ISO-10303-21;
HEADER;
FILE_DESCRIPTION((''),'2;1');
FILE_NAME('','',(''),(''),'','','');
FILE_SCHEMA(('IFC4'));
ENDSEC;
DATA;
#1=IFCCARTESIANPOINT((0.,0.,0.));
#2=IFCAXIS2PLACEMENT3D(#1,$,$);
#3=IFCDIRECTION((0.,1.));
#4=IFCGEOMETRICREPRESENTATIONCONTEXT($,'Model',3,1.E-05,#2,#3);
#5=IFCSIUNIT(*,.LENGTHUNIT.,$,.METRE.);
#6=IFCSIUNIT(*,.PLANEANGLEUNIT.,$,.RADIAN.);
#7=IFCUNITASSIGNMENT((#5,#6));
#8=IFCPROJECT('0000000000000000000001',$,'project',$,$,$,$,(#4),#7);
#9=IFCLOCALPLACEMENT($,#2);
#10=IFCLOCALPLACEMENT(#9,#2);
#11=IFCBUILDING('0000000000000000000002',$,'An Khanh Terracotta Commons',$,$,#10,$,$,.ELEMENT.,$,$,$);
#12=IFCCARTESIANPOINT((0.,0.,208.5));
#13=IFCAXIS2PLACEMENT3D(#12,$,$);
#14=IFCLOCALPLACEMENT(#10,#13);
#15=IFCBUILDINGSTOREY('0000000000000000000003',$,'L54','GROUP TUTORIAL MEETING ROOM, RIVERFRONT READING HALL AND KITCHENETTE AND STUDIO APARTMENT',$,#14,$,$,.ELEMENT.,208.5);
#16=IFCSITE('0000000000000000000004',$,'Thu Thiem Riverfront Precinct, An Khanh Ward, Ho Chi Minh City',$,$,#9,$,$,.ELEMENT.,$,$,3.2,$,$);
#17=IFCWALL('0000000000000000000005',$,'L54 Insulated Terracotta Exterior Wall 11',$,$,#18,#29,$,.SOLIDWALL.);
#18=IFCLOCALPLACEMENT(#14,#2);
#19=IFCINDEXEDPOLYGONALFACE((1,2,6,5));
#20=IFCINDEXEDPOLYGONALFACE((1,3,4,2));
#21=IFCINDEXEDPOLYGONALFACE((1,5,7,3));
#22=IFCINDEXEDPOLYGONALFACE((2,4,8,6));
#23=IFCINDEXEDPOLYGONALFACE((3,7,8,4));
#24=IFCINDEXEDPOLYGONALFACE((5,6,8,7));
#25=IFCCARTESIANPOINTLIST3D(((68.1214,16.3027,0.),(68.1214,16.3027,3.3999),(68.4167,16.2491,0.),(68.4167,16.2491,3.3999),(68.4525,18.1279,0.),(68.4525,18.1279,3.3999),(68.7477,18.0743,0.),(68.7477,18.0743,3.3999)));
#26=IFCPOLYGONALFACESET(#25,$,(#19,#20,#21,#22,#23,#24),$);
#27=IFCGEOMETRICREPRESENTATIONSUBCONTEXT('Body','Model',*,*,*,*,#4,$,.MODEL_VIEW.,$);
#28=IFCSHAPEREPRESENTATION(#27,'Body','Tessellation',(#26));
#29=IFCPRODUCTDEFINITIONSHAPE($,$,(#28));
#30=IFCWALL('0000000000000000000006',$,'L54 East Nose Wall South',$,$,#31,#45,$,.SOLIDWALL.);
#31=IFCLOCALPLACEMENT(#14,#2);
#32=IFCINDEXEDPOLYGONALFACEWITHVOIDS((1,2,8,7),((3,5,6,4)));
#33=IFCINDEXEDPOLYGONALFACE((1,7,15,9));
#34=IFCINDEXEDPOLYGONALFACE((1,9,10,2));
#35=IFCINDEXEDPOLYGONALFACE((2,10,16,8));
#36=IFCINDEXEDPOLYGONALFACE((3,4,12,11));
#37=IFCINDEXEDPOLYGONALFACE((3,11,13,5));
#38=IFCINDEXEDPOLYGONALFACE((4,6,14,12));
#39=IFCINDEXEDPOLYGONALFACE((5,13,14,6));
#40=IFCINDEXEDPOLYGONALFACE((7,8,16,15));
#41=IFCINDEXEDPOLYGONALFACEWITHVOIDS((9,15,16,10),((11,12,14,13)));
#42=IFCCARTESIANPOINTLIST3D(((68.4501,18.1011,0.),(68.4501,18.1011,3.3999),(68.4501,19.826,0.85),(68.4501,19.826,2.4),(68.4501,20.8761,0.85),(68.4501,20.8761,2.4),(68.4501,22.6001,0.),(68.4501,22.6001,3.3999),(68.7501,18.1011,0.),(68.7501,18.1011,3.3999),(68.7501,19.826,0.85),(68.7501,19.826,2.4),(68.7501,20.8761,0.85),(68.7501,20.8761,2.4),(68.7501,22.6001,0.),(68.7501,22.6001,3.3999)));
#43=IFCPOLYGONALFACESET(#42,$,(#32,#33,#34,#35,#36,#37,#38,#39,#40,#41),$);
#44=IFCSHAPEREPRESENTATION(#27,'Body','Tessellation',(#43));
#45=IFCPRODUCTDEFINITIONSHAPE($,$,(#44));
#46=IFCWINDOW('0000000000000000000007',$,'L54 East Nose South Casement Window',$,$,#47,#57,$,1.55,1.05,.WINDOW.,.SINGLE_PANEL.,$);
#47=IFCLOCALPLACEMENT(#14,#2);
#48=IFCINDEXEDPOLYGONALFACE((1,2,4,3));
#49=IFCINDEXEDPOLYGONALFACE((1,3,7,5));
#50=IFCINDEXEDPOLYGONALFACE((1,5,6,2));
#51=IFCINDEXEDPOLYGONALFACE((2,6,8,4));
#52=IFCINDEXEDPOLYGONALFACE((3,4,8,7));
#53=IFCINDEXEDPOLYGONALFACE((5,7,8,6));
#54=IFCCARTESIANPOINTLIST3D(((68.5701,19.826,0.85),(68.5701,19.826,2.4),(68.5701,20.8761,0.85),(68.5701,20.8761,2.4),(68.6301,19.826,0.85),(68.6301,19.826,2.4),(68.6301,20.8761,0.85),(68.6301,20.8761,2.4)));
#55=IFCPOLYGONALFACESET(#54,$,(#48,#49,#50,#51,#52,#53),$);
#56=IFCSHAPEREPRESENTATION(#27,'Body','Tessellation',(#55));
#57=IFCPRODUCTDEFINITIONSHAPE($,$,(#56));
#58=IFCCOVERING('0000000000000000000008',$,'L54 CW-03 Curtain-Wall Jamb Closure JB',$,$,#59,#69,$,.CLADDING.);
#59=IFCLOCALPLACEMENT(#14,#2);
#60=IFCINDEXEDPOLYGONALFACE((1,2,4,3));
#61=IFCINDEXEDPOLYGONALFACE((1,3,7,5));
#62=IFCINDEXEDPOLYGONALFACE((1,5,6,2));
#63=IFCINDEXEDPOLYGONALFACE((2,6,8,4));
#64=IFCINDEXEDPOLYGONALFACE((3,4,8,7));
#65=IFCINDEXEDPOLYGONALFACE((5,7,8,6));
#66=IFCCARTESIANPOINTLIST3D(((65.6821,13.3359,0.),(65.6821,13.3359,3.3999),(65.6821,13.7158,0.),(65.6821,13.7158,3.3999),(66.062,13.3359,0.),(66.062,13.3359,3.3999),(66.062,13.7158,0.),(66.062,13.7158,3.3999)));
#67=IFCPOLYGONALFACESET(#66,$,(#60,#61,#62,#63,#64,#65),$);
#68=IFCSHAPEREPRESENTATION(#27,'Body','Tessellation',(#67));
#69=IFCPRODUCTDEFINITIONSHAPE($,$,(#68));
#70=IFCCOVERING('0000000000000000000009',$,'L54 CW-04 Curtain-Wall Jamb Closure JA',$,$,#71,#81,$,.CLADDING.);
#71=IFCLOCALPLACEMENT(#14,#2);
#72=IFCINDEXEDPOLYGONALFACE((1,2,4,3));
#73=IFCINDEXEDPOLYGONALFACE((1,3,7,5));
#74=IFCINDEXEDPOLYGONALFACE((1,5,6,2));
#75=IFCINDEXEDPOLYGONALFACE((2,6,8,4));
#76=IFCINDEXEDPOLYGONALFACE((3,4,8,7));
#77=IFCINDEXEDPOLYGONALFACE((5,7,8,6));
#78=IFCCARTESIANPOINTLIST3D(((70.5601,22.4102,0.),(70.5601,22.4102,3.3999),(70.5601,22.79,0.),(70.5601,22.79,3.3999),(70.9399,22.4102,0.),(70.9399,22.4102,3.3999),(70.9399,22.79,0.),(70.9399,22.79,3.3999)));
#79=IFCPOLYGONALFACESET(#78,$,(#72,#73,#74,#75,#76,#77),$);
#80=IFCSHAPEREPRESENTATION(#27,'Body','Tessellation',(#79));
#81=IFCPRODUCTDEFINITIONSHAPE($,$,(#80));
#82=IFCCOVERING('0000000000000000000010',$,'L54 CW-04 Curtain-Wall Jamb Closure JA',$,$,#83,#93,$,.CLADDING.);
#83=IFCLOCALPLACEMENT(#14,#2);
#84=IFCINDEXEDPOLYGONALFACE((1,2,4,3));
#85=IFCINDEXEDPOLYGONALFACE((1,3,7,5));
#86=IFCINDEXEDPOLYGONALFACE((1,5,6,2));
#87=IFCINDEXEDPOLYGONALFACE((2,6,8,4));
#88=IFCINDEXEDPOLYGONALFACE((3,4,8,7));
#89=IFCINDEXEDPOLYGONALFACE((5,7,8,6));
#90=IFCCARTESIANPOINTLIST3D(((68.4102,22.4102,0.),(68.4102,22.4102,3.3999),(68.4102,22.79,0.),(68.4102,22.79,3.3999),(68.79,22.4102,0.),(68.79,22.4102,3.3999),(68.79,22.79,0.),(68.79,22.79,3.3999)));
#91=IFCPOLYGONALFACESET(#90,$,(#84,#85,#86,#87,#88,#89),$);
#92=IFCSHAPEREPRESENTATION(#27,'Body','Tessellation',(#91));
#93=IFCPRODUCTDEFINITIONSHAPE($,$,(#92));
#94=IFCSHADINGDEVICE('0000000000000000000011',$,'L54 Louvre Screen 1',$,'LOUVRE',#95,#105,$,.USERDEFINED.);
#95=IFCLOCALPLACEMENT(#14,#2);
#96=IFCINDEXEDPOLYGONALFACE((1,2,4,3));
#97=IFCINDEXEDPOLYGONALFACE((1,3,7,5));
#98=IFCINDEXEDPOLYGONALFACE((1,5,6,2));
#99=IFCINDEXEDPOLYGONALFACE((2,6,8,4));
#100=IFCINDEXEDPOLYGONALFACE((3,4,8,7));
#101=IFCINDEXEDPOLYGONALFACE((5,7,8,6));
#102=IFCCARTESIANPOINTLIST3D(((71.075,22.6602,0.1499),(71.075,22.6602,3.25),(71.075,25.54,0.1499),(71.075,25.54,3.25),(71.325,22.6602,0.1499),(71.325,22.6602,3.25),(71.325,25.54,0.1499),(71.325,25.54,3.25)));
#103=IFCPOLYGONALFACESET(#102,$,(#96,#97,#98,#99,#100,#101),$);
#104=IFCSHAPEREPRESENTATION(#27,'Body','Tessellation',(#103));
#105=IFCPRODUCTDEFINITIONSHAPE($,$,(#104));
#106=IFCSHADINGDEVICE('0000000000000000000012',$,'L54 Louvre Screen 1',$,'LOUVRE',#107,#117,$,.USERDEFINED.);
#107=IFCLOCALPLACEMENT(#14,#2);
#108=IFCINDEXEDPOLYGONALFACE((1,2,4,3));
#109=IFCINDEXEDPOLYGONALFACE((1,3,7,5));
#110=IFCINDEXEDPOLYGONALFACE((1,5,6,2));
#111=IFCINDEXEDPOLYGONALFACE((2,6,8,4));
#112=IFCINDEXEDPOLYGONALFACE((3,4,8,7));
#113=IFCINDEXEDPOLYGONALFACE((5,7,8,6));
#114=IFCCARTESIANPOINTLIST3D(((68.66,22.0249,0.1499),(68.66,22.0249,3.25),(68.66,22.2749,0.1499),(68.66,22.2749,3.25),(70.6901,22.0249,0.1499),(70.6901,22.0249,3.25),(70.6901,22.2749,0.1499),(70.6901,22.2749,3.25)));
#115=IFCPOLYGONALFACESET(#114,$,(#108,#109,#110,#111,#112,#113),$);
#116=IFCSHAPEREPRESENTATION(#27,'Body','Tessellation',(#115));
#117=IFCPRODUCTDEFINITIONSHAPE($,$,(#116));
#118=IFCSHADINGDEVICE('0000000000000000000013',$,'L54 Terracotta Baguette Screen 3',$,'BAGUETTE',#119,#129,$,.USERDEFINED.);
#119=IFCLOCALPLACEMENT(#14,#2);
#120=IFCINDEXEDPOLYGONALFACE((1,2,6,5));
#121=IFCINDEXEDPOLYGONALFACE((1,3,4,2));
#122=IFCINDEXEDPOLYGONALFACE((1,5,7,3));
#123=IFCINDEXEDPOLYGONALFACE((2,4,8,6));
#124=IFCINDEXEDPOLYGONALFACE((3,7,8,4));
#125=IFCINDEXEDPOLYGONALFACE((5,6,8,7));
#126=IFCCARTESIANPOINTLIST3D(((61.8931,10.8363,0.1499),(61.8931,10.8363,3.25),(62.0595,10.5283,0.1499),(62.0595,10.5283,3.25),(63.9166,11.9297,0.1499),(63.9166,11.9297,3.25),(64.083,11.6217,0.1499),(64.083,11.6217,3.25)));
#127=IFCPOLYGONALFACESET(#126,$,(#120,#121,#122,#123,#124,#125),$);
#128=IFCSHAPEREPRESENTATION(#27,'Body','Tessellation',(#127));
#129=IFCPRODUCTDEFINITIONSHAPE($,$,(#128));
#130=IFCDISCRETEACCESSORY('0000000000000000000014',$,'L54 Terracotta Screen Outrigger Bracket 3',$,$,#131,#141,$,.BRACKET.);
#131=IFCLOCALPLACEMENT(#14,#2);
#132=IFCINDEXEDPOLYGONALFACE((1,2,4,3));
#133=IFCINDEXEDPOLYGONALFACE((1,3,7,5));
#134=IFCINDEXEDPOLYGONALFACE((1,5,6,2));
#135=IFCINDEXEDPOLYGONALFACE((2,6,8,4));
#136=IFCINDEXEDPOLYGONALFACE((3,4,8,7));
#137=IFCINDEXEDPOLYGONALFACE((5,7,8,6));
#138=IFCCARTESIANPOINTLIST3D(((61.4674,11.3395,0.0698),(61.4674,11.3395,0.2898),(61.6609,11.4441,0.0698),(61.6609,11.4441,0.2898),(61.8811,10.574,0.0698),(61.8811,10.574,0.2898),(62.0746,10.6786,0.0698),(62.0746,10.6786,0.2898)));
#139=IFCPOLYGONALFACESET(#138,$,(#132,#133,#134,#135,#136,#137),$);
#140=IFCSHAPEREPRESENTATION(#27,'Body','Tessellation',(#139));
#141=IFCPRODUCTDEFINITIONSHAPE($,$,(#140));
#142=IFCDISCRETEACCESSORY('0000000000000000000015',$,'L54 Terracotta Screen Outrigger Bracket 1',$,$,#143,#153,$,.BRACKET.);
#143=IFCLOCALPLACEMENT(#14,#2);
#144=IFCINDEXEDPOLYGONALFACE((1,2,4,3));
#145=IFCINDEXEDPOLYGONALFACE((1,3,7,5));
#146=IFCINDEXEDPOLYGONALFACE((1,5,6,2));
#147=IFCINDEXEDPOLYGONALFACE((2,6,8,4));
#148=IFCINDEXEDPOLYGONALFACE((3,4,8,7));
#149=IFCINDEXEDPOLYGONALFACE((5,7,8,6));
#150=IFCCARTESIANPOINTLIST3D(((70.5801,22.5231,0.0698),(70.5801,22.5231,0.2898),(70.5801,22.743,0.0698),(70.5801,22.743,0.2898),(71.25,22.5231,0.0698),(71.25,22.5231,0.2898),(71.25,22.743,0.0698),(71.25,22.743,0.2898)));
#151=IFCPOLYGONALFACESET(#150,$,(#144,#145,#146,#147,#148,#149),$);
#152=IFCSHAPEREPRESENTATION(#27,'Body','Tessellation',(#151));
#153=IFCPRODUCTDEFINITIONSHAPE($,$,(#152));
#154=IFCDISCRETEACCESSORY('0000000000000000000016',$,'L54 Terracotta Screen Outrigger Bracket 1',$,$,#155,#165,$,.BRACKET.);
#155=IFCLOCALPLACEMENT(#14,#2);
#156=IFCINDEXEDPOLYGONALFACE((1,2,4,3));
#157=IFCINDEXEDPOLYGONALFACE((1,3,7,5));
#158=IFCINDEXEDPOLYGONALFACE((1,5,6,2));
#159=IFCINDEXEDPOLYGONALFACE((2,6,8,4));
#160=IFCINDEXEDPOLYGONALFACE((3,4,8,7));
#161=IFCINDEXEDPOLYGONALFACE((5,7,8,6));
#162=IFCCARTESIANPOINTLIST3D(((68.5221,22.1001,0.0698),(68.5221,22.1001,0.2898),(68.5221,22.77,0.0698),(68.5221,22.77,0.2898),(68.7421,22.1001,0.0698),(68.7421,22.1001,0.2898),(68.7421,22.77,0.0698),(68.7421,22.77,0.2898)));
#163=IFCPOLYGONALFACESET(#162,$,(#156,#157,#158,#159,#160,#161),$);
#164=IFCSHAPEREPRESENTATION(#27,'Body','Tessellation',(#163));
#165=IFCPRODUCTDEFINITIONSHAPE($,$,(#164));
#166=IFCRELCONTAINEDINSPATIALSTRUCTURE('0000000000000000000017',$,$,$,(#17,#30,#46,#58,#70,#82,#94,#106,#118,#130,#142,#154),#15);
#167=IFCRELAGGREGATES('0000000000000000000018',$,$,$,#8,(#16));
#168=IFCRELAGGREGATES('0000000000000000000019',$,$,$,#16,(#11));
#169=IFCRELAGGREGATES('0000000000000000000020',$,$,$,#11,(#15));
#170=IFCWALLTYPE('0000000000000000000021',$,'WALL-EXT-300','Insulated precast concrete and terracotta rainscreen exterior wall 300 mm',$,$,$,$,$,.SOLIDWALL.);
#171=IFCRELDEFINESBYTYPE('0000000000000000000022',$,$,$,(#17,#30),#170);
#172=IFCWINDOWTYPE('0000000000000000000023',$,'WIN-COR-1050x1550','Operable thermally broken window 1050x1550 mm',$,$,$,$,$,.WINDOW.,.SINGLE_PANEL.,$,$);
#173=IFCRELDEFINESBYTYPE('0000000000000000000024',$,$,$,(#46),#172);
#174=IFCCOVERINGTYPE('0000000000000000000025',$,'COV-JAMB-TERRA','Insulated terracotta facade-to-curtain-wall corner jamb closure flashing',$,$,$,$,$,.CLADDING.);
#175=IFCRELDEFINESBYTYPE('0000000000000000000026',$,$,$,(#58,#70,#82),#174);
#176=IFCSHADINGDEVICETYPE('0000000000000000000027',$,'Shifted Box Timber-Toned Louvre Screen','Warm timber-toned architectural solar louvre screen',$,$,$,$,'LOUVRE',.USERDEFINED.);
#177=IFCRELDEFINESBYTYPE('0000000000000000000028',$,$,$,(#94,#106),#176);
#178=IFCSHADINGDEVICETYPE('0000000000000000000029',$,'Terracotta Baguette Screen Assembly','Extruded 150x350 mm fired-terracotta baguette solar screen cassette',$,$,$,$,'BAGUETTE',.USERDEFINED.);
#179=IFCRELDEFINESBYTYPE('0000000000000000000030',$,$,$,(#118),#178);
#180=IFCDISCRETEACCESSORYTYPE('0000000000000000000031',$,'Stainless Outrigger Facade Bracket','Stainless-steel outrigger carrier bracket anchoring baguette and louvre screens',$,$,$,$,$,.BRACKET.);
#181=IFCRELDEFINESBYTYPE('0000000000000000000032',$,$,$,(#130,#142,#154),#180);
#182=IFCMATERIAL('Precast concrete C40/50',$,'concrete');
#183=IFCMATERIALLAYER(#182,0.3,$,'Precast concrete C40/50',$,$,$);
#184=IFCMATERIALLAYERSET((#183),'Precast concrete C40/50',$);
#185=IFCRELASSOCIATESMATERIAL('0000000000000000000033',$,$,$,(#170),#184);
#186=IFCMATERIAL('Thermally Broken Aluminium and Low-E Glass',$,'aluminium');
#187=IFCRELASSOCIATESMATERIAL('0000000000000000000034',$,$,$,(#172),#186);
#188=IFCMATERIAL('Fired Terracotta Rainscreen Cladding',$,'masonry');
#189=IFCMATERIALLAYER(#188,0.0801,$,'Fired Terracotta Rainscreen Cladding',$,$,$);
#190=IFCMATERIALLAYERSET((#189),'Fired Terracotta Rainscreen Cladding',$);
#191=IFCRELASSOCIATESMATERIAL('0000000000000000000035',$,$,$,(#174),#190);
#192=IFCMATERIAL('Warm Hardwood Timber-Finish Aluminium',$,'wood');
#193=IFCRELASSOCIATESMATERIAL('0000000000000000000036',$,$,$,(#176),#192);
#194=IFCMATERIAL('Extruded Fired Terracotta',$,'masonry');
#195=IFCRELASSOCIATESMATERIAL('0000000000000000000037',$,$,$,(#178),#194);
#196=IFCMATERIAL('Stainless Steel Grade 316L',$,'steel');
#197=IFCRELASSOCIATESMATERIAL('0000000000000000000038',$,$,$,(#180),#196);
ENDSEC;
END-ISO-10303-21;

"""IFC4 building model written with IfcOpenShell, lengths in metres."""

from ifc_helpers import new_model, si_unit, direction, frame, frame_2d, origin, origin_2d, place, context, subcontext, project, spatial, rectangle, extrude, material, layer, layer_set, type_object, element, fill, save


model = new_model("IFC4")

# Units and contexts
model_context = context("Model", 3, precision=1e-05, world=origin(), true_north=direction((0.0, 1.0)))
body_context = subcontext(model_context, "Body", "Model", "MODEL_VIEW")
ifc_project = project(units=[si_unit("LENGTHUNIT", "METRE"), si_unit("PLANEANGLEUNIT", "RADIAN")], contexts=[model_context])

# Site, building, storey
site_placement = place(None, origin())
site = spatial("IfcSite", under=ifc_project, at=site_placement, Name="Thu Thiem Riverfront Precinct, An Khanh Ward, Ho Chi Minh City", CompositionType="ELEMENT", RefElevation=3.2)
building_placement = place(site_placement, origin())
building = spatial("IfcBuilding", under=site, at=building_placement, Name="An Khanh Terracotta Commons", CompositionType="ELEMENT")
storey_placement = place(building_placement, frame((0.0, 0.0, 208.5)))
storey = spatial("IfcBuildingStorey", under=building, at=storey_placement, Name="L54", Description="GROUP TUTORIAL MEETING ROOM, RIVERFRONT READING HALL AND KITCHENETTE AND STUDIO APARTMENT", CompositionType="ELEMENT", Elevation=208.5)

# Wall
ifc_material_1 = material(Name="Precast concrete C40/50", Category="concrete")
ifc_layer_1 = layer(ifc_material_1, 0.3, Name="Precast concrete C40/50")
ifc_layer_set_1 = layer_set([ifc_layer_1], Name="Precast concrete C40/50")
wall_type_1 = type_object("IfcWallType", Name="WALL-EXT-300", Description="Insulated precast concrete and terracotta rainscreen exterior wall 300 mm", PredefinedType="SOLIDWALL", material=ifc_layer_set_1)
wall_1_placement = place(storey_placement, frame((68.269, 16.2759, 0.0), z_axis=(0.0, 0.0, 1.0), x_axis=(0.178468, 0.983946, 0.0)))
element("IfcWall", 1, at=wall_1_placement, inside=storey, type_object=wall_type_1, Name="L54 Insulated Terracotta Exterior Wall 11", PredefinedType="SOLIDWALL", context=body_context, shape_type="SweptSolid", body=[
    extrude(rectangle(XDim=1.855, YDim=0.3, at=frame_2d((0.9275, 0.0))), origin(), (0.0, 0.0, 1.0), 3.3999),
])

# Wall, opening, window
wall_2_placement = place(storey_placement, frame((68.6001, 18.1011, 0.0), z_axis=(0.0, 0.0, 1.0), x_axis=(0.0, 1.0, 0.0)))
wall_2 = element("IfcWall", 2, at=wall_2_placement, inside=storey, type_object=wall_type_1, Name="L54 East Nose Wall South", PredefinedType="SOLIDWALL", context=body_context, shape_type="SweptSolid", body=[
    extrude(rectangle(XDim=4.499, YDim=0.3, at=frame_2d((2.2495, 0.0))), origin(), (0.0, 0.0, 1.0), 3.3999),
])
opening_1_placement = place(wall_2_placement, frame((1.7251, 0.0, 0.8501)))
opening_1 = element("IfcOpeningElement", 3, at=opening_1_placement, cuts=wall_2, PredefinedType="OPENING", context=body_context, shape_type="SweptSolid", body=[
    extrude(rectangle(XDim=1.05, YDim=1.55, at=frame_2d((0.5249, 0.7749))), frame((0.0, 0.1599, 0.0), z_axis=(0.0, -1.0, 0.0), x_axis=(1.0, 0.0, 0.0)), (0.0, 0.0, 1.0), 0.3201),
])
ifc_material_2 = material(Name="Thermally Broken Aluminium and Low-E Glass", Category="aluminium")
window_type = type_object("IfcWindowType", Name="WIN-COR-1050x1550", Description="Operable thermally broken window 1050x1550 mm", PartitioningType="SINGLE_PANEL", PredefinedType="WINDOW", material=ifc_material_2)
window_placement = place(opening_1_placement, origin())
window = element("IfcWindow", 4, at=window_placement, inside=storey, type_object=window_type, Name="L54 East Nose South Casement Window", OverallHeight=1.55, OverallWidth=1.05, PartitioningType="SINGLE_PANEL", PredefinedType="WINDOW", context=body_context, shape_type="SweptSolid", body=[
    extrude(rectangle(XDim=1.05, YDim=1.55, at=frame_2d((0.5249, 0.7749))), frame((0.0, 0.03, 0.0), z_axis=(0.0, -1.0, 0.0), x_axis=(1.0, 0.0, 0.0)), (0.0, 0.0, 1.0), 0.0601),
])
fill(opening_1, window)

# Coverings
ifc_material_3 = material(Name="Fired Terracotta Rainscreen Cladding", Category="masonry")
ifc_layer_2 = layer(ifc_material_3, 0.0801, Name="Fired Terracotta Rainscreen Cladding")
ifc_layer_set_2 = layer_set([ifc_layer_2], Name="Fired Terracotta Rainscreen Cladding")
covering_type = type_object("IfcCoveringType", Name="COV-JAMB-TERRA", Description="Insulated terracotta facade-to-curtain-wall corner jamb closure flashing", PredefinedType="CLADDING", material=ifc_layer_set_2)
for number, where, z_axis, x_axis, name in (
    (5, (65.8721, 13.5259, 0.0), (0.0, 0.0, 1.0), (1.0, 0.0, 0.0), "L54 CW-03 Curtain-Wall Jamb Closure JB"),
    (6, (70.75, 22.6001, 0.0), (0.0, 0.0, 1.0), (1.0, 0.0, 0.0), "L54 CW-04 Curtain-Wall Jamb Closure JA"),
    (7, (68.6001, 22.6001, 0.0), (0.0, 0.0, 1.0), (1.0, 0.0, 0.0), "L54 CW-04 Curtain-Wall Jamb Closure JA"),
):
    element("IfcCovering", number, at=place(storey_placement, frame(where, z_axis=z_axis, x_axis=x_axis)), inside=storey, type_object=covering_type, Name=name, PredefinedType="CLADDING", context=body_context, shape_type="SweptSolid", body=[
        extrude(rectangle(XDim=0.3799, YDim=0.3799, at=origin_2d()), origin(), (0.0, 0.0, 1.0), 3.3999),
    ])

# Shading devices
ifc_material_4 = material(Name="Warm Hardwood Timber-Finish Aluminium", Category="wood")
shading_device_type_1 = type_object("IfcShadingDeviceType", Name="Shifted Box Timber-Toned Louvre Screen", Description="Warm timber-toned architectural solar louvre screen", ElementType="LOUVRE", PredefinedType="USERDEFINED", material=ifc_material_4)
shading_device_1_placement = place(storey_placement, frame((71.2, 24.1001, 0.1499), z_axis=(0.0, 0.0, 1.0), x_axis=(0.0, 1.0, 0.0)))
element("IfcShadingDevice", 8, at=shading_device_1_placement, inside=storey, type_object=shading_device_type_1, Name="L54 Louvre Screen 1", ObjectType="LOUVRE", PredefinedType="USERDEFINED", context=body_context, shape_type="SweptSolid", body=[
    extrude(rectangle(XDim=2.8799, YDim=0.25, at=origin_2d()), origin(), (0.0, 0.0, 1.0), 3.1001),
])
shading_device_2_placement = place(storey_placement, frame((69.675, 22.1499, 0.1499), z_axis=(0.0, 0.0, 1.0), x_axis=(1.0, 0.0, 0.0)))
element("IfcShadingDevice", 9, at=shading_device_2_placement, inside=storey, type_object=shading_device_type_1, Name="L54 Louvre Screen 1", ObjectType="LOUVRE", PredefinedType="USERDEFINED", context=body_context, shape_type="SweptSolid", body=[
    extrude(rectangle(XDim=2.03, YDim=0.25, at=origin_2d()), origin(), (0.0, 0.0, 1.0), 3.1001),
])
ifc_material_5 = material(Name="Extruded Fired Terracotta", Category="masonry")
shading_device_type_2 = type_object("IfcShadingDeviceType", Name="Terracotta Baguette Screen Assembly", Description="Extruded 150x350 mm fired-terracotta baguette solar screen cassette", ElementType="BAGUETTE", PredefinedType="USERDEFINED", material=ifc_material_5)
shading_device_3_placement = place(storey_placement, frame((62.988, 11.229, 0.1499), z_axis=(0.0, 0.0, 1.0), x_axis=(0.87978, 0.475381, 0.0)))
element("IfcShadingDevice", 10, at=shading_device_3_placement, inside=storey, type_object=shading_device_type_2, Name="L54 Terracotta Baguette Screen 3", ObjectType="BAGUETTE", PredefinedType="USERDEFINED", context=body_context, shape_type="SweptSolid", body=[
    extrude(rectangle(XDim=2.3, YDim=0.3501, at=origin_2d()), origin(), (0.0, 0.0, 1.0), 3.1001),
])

# Discrete accessories
ifc_material_6 = material(Name="Stainless Steel Grade 316L", Category="steel")
discrete_accessory_type = type_object("IfcDiscreteAccessoryType", Name="Stainless Outrigger Facade Bracket", Description="Stainless-steel outrigger carrier bracket anchoring baguette and louvre screens", PredefinedType="BRACKET", material=ifc_material_6)
discrete_accessory_placement = place(storey_placement, frame((61.771, 11.009, 0.0698), z_axis=(0.0, 0.0, 1.0), x_axis=(0.87978, 0.475381, 0.0)))
element("IfcDiscreteAccessory", 11, at=discrete_accessory_placement, inside=storey, type_object=discrete_accessory_type, Name="L54 Terracotta Screen Outrigger Bracket 3", PredefinedType="BRACKET", context=body_context, shape_type="SweptSolid", body=[
    extrude(rectangle(XDim=0.22, YDim=0.8701, at=origin_2d()), origin(), (0.0, 0.0, 1.0), 0.22),
])
for number, where, z_axis, x_axis, name in (
    (12, (70.915, 22.6331, 0.0698), (0.0, 0.0, 1.0), (0.0, 1.0, 0.0), "L54 Terracotta Screen Outrigger Bracket 1"),
    (13, (68.6321, 22.4351, 0.0698), (0.0, 0.0, 1.0), (1.0, 0.0, 0.0), "L54 Terracotta Screen Outrigger Bracket 1"),
):
    element("IfcDiscreteAccessory", number, at=place(storey_placement, frame(where, z_axis=z_axis, x_axis=x_axis)), inside=storey, type_object=discrete_accessory_type, Name=name, PredefinedType="BRACKET", context=body_context, shape_type="SweptSolid", body=[
        extrude(rectangle(XDim=0.22, YDim=0.6699, at=origin_2d()), origin(), (0.0, 0.0, 1.0), 0.22),
    ])

save(model, "model.ifc")
